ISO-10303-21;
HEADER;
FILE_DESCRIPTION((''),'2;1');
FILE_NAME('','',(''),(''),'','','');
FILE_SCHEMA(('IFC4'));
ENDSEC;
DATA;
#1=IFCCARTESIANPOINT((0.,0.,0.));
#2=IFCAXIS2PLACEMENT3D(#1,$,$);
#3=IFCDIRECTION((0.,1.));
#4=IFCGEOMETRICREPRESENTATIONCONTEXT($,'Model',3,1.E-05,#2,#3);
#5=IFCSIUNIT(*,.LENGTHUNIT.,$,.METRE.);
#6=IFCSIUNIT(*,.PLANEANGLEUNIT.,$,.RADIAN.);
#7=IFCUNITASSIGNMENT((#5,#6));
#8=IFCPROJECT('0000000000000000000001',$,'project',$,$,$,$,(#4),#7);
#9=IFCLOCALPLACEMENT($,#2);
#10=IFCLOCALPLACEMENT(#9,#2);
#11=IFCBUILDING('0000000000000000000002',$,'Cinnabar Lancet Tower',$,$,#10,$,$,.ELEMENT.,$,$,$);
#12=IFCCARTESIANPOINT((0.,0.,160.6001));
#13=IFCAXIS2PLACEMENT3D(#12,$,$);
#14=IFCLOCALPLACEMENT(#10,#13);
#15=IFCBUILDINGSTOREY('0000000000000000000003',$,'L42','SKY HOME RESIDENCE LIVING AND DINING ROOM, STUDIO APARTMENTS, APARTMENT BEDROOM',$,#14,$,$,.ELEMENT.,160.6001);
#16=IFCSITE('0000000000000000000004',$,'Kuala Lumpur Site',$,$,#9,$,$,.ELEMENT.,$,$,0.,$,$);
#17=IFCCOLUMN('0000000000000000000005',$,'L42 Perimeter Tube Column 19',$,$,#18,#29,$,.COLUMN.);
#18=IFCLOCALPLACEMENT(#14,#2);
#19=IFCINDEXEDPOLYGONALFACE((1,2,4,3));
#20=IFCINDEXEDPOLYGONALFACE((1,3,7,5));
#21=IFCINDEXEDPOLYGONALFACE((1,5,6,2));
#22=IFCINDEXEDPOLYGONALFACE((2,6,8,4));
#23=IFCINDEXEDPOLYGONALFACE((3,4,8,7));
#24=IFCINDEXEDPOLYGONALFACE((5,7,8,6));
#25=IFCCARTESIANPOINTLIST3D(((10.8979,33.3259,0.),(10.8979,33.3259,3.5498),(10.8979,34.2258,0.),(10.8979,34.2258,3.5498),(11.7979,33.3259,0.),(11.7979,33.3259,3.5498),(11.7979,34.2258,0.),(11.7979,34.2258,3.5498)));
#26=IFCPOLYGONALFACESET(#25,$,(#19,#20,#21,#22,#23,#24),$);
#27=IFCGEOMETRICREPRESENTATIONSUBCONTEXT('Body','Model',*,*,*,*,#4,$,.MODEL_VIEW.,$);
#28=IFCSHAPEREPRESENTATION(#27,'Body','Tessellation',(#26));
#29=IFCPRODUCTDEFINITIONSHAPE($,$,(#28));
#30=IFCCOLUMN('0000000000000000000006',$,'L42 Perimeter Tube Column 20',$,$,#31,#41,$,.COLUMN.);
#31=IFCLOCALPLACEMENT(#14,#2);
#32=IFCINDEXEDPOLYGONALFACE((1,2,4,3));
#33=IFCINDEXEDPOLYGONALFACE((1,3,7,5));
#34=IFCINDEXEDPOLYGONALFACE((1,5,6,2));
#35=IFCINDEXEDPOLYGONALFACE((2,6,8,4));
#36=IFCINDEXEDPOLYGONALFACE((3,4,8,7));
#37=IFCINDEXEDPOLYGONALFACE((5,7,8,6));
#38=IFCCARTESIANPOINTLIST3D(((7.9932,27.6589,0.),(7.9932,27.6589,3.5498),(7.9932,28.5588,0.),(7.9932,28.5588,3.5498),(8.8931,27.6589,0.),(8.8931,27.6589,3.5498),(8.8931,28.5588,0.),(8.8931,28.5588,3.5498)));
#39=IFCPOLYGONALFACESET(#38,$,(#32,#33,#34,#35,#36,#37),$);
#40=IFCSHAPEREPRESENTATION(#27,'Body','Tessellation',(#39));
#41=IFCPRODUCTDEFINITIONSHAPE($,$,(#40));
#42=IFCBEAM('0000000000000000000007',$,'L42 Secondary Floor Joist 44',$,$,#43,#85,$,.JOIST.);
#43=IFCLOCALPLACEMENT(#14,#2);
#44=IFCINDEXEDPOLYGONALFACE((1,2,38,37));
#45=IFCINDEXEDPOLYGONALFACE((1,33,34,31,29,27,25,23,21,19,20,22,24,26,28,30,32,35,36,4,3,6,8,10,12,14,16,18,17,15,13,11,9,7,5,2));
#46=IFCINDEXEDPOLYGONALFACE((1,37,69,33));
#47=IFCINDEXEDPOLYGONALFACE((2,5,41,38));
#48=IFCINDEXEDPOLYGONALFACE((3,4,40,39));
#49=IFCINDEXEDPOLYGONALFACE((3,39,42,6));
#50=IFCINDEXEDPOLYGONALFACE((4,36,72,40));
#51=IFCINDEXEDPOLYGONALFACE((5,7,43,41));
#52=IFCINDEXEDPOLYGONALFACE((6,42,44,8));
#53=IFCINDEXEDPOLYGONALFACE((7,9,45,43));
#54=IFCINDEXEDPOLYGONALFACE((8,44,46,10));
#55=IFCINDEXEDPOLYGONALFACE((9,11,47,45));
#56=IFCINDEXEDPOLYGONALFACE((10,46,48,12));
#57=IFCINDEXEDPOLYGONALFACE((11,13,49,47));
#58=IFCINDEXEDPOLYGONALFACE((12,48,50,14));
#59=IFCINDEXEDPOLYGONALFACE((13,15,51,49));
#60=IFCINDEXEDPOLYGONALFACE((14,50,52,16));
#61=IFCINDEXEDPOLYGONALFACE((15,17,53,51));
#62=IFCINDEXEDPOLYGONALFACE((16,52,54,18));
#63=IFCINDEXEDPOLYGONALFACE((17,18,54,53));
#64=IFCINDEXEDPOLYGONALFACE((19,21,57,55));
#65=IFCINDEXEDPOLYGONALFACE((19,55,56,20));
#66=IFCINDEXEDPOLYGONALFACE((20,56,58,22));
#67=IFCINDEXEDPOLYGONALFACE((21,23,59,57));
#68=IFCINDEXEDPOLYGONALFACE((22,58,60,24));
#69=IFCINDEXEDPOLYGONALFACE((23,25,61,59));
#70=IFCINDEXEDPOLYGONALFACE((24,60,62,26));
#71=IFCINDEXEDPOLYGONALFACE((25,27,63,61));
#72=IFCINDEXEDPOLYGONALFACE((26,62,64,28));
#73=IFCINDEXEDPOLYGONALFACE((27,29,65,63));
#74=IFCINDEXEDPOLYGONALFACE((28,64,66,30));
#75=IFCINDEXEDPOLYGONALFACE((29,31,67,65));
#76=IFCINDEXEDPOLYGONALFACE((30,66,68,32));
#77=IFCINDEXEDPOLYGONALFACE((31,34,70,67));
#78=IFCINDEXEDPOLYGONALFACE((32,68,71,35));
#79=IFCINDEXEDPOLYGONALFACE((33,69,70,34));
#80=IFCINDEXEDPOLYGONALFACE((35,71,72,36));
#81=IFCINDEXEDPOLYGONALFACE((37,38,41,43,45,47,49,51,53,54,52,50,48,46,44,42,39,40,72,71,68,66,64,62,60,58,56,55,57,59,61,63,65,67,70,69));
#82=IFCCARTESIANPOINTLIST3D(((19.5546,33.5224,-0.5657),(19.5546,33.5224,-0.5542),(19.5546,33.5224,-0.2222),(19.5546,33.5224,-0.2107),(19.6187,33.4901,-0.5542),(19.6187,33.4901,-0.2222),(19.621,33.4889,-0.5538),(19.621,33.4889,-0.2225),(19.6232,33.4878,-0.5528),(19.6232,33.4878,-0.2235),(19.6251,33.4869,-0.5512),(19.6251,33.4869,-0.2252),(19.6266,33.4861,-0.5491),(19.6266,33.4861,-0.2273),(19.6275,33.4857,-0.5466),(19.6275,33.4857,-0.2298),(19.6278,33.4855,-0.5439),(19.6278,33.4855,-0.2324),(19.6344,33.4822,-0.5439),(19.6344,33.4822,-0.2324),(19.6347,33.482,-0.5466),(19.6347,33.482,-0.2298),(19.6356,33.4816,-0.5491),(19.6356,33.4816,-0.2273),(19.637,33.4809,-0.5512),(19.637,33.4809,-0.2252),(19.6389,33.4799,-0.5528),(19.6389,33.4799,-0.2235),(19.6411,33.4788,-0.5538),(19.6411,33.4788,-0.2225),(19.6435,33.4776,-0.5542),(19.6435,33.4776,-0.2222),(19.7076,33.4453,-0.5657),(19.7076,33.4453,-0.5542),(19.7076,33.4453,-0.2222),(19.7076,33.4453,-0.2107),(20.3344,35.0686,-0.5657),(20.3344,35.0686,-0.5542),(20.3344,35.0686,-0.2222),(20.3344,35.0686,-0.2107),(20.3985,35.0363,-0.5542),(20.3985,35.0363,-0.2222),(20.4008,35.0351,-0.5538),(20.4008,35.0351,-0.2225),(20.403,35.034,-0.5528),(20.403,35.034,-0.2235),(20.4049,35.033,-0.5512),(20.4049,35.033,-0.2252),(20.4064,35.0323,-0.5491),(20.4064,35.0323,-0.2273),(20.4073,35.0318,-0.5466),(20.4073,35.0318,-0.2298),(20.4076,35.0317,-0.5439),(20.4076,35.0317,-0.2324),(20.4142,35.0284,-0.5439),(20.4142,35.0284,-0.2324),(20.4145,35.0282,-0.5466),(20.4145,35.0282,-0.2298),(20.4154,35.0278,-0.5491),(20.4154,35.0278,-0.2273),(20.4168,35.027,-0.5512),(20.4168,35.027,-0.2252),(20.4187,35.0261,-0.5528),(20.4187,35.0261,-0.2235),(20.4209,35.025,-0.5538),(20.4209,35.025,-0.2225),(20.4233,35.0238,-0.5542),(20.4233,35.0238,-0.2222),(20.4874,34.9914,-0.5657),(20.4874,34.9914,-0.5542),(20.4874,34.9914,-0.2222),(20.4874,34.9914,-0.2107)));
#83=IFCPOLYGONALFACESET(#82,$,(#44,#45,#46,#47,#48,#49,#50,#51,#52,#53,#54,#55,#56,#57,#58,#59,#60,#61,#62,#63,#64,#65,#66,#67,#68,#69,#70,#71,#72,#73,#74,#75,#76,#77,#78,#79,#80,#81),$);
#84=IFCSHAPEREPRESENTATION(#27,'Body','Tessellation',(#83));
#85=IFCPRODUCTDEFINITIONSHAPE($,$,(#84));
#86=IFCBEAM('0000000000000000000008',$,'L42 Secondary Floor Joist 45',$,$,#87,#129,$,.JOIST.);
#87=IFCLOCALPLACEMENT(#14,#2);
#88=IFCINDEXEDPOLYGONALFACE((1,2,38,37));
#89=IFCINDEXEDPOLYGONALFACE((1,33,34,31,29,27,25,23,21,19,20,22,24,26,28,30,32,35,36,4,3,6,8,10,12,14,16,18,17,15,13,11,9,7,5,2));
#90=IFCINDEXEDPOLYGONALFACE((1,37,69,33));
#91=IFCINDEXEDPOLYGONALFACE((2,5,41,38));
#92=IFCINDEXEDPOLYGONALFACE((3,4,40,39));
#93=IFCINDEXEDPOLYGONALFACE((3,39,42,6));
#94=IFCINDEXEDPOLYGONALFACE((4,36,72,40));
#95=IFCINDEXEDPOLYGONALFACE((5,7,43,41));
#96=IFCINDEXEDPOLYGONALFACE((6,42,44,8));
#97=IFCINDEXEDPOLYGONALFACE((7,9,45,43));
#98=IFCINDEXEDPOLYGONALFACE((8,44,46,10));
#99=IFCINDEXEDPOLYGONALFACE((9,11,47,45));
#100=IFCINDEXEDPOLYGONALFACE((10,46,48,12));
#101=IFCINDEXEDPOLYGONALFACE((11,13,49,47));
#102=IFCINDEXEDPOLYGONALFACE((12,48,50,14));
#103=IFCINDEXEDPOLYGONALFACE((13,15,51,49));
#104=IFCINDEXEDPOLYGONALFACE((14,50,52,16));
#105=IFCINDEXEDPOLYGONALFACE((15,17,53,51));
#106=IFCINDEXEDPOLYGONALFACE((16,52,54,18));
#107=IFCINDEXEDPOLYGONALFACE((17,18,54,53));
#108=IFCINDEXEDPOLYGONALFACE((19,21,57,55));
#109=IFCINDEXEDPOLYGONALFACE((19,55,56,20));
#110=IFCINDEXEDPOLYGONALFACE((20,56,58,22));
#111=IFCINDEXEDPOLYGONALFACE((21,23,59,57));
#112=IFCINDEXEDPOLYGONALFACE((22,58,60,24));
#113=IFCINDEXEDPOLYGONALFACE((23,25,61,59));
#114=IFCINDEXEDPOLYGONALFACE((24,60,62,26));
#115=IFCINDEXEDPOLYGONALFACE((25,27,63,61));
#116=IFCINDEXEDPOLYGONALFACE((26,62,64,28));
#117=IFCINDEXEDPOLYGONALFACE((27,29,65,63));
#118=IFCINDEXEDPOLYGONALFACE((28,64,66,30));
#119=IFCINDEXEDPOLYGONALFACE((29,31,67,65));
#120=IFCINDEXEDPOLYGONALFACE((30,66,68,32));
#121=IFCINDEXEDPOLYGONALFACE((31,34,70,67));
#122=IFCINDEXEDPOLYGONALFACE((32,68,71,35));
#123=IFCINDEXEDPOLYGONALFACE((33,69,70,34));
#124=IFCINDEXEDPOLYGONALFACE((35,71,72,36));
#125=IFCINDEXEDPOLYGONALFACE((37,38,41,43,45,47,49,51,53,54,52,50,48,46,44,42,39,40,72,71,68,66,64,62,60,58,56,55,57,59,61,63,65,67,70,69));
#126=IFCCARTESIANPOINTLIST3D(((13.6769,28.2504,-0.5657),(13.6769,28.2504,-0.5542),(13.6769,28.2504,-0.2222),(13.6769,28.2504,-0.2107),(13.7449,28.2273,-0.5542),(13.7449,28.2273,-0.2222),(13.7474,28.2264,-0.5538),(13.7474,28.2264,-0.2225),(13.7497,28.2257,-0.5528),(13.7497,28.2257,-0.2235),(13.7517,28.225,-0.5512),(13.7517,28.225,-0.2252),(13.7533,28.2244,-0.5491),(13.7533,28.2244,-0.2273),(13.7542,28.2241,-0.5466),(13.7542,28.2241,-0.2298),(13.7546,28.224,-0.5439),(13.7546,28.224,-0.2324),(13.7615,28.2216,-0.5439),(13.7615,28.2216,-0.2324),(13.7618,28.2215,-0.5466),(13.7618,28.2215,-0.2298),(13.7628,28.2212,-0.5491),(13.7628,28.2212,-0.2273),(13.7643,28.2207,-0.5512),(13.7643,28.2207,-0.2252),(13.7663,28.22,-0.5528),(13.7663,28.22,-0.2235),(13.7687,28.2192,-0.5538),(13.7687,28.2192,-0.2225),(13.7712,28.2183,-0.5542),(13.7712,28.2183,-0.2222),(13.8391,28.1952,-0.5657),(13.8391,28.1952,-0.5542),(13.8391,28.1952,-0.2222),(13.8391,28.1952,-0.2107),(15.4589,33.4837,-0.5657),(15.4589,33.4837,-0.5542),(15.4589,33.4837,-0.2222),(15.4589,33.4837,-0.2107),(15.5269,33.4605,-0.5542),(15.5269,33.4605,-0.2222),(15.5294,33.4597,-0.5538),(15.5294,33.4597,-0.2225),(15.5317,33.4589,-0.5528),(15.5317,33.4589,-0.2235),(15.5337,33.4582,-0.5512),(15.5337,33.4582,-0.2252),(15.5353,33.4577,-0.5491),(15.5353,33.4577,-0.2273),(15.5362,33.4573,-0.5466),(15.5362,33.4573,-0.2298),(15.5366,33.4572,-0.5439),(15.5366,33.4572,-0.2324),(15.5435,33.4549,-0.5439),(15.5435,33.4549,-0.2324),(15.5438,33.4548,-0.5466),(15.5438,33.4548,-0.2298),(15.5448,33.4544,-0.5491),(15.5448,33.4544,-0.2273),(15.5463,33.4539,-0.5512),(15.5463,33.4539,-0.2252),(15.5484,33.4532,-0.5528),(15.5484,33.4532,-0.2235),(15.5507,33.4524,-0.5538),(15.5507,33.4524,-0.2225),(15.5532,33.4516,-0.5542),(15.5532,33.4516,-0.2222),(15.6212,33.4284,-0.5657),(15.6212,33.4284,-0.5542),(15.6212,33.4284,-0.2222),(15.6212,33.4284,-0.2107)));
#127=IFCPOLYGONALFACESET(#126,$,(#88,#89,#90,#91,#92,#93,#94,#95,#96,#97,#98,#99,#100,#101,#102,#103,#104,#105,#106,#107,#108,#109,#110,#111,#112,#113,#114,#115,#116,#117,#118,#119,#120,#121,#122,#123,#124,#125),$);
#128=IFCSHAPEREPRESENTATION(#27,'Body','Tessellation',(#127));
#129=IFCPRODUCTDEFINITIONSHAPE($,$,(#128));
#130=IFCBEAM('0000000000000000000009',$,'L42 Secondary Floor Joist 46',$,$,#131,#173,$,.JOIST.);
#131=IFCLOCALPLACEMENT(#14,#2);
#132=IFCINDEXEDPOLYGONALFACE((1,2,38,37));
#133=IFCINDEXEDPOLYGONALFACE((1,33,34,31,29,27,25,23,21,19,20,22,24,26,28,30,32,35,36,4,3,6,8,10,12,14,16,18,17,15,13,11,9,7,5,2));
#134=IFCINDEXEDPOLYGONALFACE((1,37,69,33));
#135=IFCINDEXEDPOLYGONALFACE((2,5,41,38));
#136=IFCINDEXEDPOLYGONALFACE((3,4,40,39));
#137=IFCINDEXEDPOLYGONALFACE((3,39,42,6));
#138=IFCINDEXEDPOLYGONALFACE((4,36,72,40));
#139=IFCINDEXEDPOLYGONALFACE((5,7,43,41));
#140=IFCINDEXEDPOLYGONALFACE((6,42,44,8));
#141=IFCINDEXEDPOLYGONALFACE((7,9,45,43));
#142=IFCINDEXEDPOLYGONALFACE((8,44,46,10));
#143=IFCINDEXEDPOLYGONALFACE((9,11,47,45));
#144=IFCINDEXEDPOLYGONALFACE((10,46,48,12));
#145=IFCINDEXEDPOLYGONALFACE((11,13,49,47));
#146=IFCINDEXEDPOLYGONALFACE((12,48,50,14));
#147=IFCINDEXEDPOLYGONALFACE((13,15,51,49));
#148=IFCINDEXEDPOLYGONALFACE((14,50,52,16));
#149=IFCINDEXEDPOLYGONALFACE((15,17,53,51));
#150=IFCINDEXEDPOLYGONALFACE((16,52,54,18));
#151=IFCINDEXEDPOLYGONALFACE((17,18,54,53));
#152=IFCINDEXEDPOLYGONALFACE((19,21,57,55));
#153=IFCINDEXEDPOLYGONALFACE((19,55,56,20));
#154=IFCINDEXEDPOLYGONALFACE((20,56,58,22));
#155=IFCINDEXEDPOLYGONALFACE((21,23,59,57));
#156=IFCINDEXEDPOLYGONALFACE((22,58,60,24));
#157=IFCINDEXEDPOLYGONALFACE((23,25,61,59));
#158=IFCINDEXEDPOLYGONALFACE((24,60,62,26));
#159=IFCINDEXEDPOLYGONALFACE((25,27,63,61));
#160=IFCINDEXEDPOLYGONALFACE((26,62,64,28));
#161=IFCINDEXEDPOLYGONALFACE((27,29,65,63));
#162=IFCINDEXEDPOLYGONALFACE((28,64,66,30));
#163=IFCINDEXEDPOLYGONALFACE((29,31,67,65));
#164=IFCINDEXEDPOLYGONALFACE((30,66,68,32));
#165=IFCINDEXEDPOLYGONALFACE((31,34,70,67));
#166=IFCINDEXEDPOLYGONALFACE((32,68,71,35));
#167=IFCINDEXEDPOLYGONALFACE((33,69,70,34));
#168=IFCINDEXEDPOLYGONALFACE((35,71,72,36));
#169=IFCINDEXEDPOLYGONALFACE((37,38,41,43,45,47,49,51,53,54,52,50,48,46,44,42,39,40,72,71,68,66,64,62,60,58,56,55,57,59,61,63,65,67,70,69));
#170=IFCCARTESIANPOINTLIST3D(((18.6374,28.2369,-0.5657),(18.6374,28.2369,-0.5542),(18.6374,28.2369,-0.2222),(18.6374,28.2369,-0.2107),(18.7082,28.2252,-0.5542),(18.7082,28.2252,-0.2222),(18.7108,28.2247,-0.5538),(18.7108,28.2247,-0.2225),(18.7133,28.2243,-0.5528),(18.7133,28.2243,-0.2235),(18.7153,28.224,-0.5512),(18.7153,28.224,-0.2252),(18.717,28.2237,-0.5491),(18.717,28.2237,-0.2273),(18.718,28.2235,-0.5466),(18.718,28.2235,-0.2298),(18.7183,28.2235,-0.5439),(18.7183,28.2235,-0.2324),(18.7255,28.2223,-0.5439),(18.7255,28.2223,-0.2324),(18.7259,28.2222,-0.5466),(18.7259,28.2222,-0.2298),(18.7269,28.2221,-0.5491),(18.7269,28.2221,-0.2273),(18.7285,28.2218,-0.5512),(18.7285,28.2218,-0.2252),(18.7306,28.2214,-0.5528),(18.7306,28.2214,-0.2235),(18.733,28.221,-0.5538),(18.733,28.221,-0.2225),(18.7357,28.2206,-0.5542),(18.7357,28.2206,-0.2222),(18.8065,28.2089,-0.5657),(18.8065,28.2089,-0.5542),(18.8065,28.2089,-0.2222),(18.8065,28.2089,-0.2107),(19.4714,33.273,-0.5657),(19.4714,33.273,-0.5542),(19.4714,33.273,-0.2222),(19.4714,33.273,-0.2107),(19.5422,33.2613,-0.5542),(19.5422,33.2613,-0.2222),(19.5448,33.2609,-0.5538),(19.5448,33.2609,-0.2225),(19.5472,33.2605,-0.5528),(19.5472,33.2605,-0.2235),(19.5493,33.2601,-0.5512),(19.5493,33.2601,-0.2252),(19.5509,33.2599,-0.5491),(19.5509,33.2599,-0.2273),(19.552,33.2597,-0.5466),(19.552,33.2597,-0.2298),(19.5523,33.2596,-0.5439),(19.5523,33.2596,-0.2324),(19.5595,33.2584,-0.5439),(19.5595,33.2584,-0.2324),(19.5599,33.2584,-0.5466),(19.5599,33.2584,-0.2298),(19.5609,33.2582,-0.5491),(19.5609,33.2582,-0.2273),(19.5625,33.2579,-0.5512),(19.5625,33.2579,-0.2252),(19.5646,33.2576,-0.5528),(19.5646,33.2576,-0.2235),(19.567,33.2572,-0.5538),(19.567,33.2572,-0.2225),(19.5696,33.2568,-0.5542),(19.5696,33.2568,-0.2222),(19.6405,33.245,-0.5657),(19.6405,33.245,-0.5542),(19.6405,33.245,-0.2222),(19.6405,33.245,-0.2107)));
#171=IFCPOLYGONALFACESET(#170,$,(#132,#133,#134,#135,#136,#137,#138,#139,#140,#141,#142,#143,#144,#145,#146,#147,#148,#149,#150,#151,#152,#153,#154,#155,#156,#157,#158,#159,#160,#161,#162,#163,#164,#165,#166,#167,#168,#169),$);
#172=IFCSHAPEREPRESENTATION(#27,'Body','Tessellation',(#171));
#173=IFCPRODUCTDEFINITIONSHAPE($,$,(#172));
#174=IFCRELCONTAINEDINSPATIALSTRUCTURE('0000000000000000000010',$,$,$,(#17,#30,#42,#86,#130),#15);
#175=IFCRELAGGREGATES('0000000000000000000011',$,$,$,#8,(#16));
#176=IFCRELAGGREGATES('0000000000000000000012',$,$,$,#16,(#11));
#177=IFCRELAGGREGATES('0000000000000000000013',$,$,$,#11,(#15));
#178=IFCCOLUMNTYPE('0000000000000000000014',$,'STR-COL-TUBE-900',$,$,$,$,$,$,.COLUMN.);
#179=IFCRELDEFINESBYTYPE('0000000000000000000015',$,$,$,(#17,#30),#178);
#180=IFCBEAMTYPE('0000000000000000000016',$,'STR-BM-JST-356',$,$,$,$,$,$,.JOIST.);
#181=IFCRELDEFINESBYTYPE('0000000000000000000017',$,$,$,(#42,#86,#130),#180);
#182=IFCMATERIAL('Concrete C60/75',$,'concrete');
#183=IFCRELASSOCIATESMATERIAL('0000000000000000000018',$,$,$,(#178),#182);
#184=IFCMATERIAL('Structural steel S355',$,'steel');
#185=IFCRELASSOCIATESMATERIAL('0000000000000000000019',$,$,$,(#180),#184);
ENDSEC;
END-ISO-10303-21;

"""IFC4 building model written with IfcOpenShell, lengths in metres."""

from ifc_helpers import new_model, si_unit, direction, frame, origin, origin_2d, place, context, subcontext, project, spatial, rectangle, i_section, extrude, material, material_profile, profile_set, type_object, element, save


model = new_model("IFC4")

# Units and contexts
model_context = context("Model", 3, precision=1e-05, world=origin(), true_north=direction((0.0, 1.0)))
body_context = subcontext(model_context, "Body", "Model", "MODEL_VIEW")
ifc_project = project(units=[si_unit("LENGTHUNIT", "METRE"), si_unit("PLANEANGLEUNIT", "RADIAN")], contexts=[model_context])

# Site, building, storey
site_placement = place(None, origin())
site = spatial("IfcSite", under=ifc_project, at=site_placement, Name="Kuala Lumpur Site", CompositionType="ELEMENT", RefElevation=0.0)
building_placement = place(site_placement, origin())
building = spatial("IfcBuilding", under=site, at=building_placement, Name="Cinnabar Lancet Tower", CompositionType="ELEMENT")
storey_placement = place(building_placement, frame((0.0, 0.0, 160.6001)))
storey = spatial("IfcBuildingStorey", under=building, at=storey_placement, Name="L42", Description="SKY HOME RESIDENCE LIVING AND DINING ROOM, STUDIO APARTMENTS, APARTMENT BEDROOM", CompositionType="ELEMENT", Elevation=160.6001)

# Columns
ifc_material_1 = material(Name="Concrete C60/75", Category="concrete")
ifc_material_profile_1 = material_profile(ifc_material_1, rectangle(XDim=0.8999, YDim=0.8999, at=origin_2d()), Name="RC-COL 900x900")
ifc_profile_set_1 = profile_set([ifc_material_profile_1], Name="Concrete C60/75")
column_type = type_object("IfcColumnType", Name="STR-COL-TUBE-900", PredefinedType="COLUMN", material=ifc_profile_set_1)
for number, where, z_axis, x_axis, name in (
    (1, (11.3479, 33.7759, 0.0), (0.0, 0.0, 1.0), (1.0, 0.0, 0.0), "L42 Perimeter Tube Column 19"),
    (2, (8.4431, 28.1089, 0.0), (0.0, 0.0, 1.0), (1.0, 0.0, 0.0), "L42 Perimeter Tube Column 20"),
):
    element("IfcColumn", number, at=place(storey_placement, frame(where, z_axis=z_axis, x_axis=x_axis)), inside=storey, type_object=column_type, Name=name, PredefinedType="COLUMN", context=body_context, shape_type="SweptSolid", body=[
        extrude(rectangle(XDim=0.8999, YDim=0.8999, at=origin_2d()), origin(), (0.0, 0.0, 1.0), 3.5498),
    ])

# Beams
ifc_material_2 = material(Name="Structural steel S355", Category="steel")
ifc_material_profile_2 = material_profile(ifc_material_2, i_section(OverallWidth=0.1714, OverallDepth=0.355, WebThickness=0.0073, FlangeThickness=0.0115, FilletRadius=0.0103, at=origin_2d()), Name="UKB 356x171x51")
ifc_profile_set_2 = profile_set([ifc_material_profile_2], Name="Structural steel S355")
beam_type_1 = type_object("IfcBeamType", Name="STR-BM-JST-356", PredefinedType="JOIST", material=ifc_profile_set_2)
beam_1_placement = place(storey_placement, frame((20.4109, 35.03, -0.3882), z_axis=(-0.450313, -0.892871, 0.0), x_axis=(0.892871, -0.450313, 0.0)))
element("IfcBeam", 3, at=beam_1_placement, inside=storey, type_object=beam_type_1, Name="L42 Secondary Floor Joist 44", PredefinedType="JOIST", context=body_context, shape_type="SweptSolid", body=[
    extrude(i_section(OverallWidth=0.1714, OverallDepth=0.355, WebThickness=0.0073, FlangeThickness=0.0115, FilletRadius=0.0103, at=origin_2d()), origin(), (0.0, 0.0, 1.0), 1.7317),
])
beam_2_placement = place(storey_placement, frame((15.54, 33.4561, -0.3882), z_axis=(-0.322342, -0.946623, 0.0), x_axis=(0.946623, -0.322342, 0.0)))
element("IfcBeam", 4, at=beam_2_placement, inside=storey, type_object=beam_type_1, Name="L42 Secondary Floor Joist 45", PredefinedType="JOIST", context=body_context, shape_type="SweptSolid", body=[
    extrude(i_section(OverallWidth=0.1714, OverallDepth=0.355, WebThickness=0.0073, FlangeThickness=0.0115, FilletRadius=0.0103, at=origin_2d()), origin(), (0.0, 0.0, 1.0), 5.5283),
])
beam_3_placement = place(storey_placement, frame((19.5559, 33.259, -0.3882), z_axis=(-0.163375, -0.986564, 0.0), x_axis=(0.986564, -0.163375, 0.0)))
element("IfcBeam", 5, at=beam_3_placement, inside=storey, type_object=beam_type_1, Name="L42 Secondary Floor Joist 46", PredefinedType="JOIST", context=body_context, shape_type="SweptSolid", body=[
    extrude(i_section(OverallWidth=0.1714, OverallDepth=0.355, WebThickness=0.0073, FlangeThickness=0.0115, FilletRadius=0.0103, at=origin_2d()), origin(), (0.0, 0.0, 1.0), 5.1047),
])

save(model, "model.ifc")
